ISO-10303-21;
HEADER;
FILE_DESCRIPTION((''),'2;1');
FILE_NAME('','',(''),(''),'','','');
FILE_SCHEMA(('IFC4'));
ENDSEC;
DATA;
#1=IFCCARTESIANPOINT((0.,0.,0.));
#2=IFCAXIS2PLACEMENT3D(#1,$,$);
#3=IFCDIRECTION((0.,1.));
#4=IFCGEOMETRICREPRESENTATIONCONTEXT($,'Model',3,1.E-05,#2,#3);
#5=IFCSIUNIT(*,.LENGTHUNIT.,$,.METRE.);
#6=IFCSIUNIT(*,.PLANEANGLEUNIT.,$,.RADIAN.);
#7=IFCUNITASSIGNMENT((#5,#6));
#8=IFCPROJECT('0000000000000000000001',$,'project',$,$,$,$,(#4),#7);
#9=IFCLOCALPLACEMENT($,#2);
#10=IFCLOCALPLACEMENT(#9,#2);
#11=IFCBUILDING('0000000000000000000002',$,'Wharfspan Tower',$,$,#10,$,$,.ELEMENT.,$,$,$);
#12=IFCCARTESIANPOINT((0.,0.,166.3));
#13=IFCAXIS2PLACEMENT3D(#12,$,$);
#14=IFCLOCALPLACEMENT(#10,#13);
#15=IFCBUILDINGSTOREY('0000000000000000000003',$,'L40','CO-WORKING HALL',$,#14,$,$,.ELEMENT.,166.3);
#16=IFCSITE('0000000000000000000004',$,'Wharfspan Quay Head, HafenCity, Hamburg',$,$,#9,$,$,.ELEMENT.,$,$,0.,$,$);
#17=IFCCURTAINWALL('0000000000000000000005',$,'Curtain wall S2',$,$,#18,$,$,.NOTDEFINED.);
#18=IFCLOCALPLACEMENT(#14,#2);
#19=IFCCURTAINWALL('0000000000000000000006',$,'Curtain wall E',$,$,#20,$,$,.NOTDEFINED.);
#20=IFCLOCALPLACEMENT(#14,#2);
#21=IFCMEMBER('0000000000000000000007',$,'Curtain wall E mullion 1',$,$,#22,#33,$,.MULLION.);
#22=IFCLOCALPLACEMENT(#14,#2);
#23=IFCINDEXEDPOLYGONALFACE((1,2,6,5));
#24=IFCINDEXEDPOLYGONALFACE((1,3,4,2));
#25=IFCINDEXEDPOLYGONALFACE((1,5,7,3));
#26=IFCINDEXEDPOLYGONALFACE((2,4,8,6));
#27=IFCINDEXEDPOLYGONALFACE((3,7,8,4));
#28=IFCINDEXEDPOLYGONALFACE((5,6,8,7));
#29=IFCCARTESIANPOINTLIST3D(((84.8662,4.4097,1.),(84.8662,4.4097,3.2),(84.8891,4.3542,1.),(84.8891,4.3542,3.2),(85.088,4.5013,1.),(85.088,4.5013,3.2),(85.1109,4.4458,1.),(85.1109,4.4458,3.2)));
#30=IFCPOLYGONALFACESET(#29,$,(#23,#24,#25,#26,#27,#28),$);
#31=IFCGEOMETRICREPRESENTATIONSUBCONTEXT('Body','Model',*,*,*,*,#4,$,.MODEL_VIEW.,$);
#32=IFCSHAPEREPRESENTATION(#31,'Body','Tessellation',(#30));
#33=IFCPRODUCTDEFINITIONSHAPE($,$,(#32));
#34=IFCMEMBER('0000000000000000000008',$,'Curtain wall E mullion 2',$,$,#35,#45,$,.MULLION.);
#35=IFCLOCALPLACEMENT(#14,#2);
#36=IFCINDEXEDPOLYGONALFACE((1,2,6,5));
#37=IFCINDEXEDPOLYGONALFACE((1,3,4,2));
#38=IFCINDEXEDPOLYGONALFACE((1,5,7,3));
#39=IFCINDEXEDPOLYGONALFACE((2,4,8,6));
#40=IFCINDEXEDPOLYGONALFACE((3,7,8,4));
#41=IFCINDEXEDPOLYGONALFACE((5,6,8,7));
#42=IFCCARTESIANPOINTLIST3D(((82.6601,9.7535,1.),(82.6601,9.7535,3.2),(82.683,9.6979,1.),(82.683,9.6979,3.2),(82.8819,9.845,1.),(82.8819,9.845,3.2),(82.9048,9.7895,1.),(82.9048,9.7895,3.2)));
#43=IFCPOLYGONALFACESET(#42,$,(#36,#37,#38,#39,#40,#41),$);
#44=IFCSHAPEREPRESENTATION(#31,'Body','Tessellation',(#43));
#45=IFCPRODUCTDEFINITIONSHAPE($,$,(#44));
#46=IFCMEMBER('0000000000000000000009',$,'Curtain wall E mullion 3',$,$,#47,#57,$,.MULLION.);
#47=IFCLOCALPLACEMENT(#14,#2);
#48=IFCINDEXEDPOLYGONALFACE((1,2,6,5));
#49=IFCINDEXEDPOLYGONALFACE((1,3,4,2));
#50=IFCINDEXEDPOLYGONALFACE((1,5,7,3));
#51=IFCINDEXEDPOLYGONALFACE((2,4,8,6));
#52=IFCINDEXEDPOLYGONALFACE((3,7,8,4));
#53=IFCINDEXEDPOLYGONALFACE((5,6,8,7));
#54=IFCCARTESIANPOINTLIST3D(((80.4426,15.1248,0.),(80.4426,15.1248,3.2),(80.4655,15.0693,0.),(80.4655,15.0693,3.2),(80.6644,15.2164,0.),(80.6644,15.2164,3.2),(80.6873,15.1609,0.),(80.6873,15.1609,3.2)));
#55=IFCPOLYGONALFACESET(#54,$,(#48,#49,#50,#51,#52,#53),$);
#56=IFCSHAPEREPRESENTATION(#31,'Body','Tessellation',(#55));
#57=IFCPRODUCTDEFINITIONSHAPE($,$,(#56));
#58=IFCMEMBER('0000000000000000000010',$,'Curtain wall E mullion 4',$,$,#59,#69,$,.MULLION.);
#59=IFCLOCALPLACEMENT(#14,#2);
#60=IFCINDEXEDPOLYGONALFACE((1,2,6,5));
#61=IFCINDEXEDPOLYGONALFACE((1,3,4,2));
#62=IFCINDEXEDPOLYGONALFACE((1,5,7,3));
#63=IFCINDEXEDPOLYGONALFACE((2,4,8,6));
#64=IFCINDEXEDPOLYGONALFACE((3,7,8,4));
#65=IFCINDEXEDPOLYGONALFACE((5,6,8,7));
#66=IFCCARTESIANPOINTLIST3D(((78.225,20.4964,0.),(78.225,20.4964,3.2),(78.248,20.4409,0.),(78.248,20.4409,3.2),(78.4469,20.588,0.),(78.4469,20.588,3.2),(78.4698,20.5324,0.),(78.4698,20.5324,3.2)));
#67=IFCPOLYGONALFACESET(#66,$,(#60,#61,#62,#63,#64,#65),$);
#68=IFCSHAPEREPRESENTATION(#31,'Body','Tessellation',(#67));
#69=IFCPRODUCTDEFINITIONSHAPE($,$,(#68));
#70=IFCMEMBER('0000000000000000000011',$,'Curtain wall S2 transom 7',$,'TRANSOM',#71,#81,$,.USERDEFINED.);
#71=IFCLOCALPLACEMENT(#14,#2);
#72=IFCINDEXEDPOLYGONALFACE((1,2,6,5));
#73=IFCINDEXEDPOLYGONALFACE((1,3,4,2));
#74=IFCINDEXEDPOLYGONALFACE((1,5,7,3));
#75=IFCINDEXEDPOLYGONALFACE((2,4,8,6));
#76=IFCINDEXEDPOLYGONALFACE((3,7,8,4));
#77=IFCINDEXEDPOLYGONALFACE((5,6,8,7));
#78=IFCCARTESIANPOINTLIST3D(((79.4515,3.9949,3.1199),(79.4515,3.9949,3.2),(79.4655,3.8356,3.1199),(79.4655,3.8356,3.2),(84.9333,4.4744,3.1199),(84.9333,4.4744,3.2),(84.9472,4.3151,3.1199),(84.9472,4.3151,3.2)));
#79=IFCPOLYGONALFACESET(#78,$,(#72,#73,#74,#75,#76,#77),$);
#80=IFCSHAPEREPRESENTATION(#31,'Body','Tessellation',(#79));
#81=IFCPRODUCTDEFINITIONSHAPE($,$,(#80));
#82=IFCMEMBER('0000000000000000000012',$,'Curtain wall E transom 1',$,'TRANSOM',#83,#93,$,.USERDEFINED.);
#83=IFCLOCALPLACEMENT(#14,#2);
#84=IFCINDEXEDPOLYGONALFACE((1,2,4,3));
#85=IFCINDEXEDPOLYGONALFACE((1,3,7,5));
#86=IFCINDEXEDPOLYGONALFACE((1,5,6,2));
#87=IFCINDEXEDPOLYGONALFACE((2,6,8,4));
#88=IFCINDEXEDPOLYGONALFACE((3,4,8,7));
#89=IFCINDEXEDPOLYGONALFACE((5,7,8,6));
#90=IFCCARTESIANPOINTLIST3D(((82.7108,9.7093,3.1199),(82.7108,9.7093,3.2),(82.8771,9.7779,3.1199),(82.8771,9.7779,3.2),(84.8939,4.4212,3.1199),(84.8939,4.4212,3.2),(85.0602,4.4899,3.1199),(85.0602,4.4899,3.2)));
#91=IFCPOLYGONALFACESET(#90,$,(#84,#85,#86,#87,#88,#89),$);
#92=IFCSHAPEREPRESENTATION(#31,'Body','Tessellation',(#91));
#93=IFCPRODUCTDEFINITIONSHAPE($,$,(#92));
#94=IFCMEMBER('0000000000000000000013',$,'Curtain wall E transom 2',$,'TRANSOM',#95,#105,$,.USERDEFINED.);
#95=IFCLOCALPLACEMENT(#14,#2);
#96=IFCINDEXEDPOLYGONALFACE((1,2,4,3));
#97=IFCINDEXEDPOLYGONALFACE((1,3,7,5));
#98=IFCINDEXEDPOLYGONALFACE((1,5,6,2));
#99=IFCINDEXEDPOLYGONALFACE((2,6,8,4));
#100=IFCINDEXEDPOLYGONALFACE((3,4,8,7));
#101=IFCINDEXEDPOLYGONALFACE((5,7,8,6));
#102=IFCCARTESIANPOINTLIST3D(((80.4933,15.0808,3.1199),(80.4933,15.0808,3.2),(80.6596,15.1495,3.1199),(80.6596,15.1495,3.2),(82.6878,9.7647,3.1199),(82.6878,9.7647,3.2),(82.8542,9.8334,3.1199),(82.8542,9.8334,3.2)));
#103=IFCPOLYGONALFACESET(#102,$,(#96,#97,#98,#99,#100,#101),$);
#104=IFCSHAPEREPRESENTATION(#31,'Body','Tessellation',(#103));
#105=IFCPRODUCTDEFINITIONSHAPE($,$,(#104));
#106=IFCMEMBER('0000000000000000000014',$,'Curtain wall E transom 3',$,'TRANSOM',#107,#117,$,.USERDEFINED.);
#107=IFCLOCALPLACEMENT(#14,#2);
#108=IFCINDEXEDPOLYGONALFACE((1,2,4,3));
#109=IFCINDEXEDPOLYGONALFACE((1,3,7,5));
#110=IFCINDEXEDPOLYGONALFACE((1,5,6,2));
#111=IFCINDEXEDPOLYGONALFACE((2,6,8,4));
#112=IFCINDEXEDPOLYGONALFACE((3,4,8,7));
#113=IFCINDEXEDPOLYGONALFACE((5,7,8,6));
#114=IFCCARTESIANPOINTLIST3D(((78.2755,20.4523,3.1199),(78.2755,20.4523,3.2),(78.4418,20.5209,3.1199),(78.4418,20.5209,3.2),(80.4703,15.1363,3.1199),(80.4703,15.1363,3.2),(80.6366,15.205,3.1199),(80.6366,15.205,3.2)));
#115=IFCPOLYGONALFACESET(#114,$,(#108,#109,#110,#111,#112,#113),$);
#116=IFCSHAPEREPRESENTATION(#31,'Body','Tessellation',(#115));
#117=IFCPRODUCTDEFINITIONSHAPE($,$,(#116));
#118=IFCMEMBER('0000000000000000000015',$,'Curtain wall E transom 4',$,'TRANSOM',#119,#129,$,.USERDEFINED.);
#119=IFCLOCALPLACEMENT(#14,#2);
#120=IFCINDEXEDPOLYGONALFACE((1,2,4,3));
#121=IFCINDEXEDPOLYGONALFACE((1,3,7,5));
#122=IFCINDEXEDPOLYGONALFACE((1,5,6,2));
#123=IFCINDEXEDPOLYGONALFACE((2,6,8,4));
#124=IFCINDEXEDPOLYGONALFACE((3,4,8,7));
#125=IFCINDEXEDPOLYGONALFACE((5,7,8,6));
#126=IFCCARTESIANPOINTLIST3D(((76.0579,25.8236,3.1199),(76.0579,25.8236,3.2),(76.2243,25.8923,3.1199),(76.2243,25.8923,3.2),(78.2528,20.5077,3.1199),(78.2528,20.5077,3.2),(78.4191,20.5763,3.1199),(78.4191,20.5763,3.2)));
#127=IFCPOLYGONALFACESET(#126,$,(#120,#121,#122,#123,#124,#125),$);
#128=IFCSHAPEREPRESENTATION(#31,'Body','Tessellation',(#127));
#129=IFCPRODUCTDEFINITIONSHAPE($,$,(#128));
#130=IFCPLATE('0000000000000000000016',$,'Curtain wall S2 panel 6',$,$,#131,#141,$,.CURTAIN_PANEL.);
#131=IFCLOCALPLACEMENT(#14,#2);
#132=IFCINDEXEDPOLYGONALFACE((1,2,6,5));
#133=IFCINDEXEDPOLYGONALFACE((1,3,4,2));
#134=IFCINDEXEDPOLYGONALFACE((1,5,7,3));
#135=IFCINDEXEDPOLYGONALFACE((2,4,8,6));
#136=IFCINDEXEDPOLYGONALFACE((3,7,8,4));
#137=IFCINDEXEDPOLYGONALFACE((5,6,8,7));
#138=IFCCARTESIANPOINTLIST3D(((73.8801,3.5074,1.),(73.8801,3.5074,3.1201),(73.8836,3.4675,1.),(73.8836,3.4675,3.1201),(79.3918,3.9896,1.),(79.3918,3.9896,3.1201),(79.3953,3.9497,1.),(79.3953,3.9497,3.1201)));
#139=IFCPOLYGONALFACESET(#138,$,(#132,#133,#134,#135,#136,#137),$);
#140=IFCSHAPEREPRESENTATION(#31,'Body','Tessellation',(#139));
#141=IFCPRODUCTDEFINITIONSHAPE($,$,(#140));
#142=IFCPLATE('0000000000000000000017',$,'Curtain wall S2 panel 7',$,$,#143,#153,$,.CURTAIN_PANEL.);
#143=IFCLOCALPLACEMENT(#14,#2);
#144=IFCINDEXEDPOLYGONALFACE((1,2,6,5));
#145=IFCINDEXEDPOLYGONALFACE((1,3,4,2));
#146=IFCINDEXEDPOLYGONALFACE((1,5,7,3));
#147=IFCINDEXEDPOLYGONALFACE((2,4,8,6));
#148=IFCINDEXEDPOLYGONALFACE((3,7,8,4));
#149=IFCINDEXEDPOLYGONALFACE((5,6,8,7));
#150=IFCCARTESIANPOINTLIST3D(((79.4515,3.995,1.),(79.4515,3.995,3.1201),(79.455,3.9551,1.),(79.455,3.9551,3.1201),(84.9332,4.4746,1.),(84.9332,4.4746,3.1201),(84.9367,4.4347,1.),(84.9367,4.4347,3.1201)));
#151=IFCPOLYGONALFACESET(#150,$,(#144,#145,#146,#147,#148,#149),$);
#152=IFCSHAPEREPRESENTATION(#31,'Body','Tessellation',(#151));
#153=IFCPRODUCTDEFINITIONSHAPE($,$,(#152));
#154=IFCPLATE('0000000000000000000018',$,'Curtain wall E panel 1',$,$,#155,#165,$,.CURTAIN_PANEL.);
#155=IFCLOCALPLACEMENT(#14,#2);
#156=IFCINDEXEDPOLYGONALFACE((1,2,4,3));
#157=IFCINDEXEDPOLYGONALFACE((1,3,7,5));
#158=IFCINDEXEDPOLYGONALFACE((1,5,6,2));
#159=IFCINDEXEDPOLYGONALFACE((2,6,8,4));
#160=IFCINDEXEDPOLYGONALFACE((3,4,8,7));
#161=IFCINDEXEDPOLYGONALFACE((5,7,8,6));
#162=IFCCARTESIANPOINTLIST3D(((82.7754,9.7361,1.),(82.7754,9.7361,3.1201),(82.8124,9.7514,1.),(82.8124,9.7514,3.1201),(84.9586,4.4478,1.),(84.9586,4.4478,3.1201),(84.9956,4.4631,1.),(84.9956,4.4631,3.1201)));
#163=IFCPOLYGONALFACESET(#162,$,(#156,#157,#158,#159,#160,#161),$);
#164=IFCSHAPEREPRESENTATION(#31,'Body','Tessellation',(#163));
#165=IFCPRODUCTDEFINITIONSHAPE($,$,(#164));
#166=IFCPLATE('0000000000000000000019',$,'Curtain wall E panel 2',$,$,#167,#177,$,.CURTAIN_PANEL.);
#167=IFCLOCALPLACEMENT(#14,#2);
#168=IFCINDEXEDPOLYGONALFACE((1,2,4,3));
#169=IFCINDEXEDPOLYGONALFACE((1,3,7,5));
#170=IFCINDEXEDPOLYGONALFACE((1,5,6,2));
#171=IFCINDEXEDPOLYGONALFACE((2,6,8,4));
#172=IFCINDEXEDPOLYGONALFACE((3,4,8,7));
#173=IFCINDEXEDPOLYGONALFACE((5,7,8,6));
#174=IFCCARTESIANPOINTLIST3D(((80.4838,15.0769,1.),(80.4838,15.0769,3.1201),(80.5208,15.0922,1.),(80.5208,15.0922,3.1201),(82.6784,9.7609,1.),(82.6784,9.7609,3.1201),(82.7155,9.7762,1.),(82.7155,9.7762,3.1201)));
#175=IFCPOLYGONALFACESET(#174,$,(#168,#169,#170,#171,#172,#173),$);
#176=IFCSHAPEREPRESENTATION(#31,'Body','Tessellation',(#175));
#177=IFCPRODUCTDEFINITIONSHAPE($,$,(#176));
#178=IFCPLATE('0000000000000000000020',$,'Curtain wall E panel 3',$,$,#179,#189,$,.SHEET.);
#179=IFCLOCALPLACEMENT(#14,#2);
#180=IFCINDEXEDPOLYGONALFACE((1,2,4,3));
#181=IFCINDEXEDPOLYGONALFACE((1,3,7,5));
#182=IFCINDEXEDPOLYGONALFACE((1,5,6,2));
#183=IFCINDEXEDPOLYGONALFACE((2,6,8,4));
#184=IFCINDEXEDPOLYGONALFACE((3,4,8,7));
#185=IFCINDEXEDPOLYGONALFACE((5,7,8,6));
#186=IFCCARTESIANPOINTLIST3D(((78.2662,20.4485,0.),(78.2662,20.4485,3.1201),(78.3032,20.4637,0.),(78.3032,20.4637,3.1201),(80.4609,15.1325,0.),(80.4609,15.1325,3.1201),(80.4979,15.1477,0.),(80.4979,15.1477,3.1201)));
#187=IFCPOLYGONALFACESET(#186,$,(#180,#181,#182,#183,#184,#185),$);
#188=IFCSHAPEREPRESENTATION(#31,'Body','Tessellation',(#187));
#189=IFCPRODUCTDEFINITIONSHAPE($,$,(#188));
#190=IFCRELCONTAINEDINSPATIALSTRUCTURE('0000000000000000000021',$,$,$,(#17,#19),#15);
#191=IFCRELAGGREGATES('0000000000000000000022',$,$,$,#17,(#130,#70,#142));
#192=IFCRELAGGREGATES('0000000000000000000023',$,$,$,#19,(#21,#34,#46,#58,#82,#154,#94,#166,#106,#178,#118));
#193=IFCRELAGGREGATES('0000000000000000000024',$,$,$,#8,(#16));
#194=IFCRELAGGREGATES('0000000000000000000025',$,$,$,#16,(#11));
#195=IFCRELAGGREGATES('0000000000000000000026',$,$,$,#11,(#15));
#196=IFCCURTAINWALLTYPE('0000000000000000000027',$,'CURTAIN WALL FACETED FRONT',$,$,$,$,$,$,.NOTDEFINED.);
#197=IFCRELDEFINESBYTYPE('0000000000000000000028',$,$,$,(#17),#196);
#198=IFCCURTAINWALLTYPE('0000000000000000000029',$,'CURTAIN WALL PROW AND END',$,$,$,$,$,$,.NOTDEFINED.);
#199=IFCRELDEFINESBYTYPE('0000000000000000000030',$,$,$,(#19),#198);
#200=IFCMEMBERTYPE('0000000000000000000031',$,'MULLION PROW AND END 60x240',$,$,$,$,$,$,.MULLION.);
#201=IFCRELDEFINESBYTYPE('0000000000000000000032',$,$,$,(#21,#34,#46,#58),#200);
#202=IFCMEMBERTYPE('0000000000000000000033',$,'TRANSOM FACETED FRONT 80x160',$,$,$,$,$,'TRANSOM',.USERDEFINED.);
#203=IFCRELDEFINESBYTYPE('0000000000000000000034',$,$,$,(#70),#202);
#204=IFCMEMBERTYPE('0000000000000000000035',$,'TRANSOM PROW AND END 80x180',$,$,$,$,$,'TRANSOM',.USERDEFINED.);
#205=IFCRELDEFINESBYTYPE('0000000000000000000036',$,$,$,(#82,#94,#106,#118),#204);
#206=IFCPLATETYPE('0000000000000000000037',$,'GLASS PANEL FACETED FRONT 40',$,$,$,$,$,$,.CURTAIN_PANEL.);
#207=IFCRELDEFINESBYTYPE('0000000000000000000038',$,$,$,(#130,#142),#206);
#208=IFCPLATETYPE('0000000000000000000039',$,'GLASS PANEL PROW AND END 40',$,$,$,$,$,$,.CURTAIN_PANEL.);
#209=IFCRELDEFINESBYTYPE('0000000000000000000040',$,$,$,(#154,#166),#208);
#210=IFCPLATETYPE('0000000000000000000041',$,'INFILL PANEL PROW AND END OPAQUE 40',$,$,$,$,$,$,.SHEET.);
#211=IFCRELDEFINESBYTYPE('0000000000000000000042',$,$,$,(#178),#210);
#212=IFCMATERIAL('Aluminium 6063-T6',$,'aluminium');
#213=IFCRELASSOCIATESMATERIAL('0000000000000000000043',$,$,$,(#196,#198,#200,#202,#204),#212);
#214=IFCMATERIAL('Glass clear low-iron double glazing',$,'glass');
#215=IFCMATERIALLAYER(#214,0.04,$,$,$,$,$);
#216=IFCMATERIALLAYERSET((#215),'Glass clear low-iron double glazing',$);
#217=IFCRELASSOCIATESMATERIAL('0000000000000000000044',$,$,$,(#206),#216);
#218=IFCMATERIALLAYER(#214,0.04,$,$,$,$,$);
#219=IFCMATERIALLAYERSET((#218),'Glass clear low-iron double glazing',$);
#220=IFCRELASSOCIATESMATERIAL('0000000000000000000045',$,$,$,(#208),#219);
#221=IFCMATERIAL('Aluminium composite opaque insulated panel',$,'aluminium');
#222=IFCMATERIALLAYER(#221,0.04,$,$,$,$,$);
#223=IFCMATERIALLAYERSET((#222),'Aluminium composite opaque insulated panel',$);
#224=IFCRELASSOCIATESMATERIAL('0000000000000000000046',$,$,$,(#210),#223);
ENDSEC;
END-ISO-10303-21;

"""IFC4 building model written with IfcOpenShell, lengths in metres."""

from ifc_helpers import new_model, si_unit, direction, frame, origin, origin_2d, place, context, subcontext, project, spatial, rectangle, extrude, material, layer, layer_set, material_profile, profile_set, type_object, element, aggregate, save


model = new_model("IFC4")

# Units and contexts
model_context = context("Model", 3, precision=1e-05, world=origin(), true_north=direction((0.0, 1.0)))
body_context = subcontext(model_context, "Body", "Model", "MODEL_VIEW")
ifc_project = project(units=[si_unit("LENGTHUNIT", "METRE"), si_unit("PLANEANGLEUNIT", "RADIAN")], contexts=[model_context])

# Site, building, storey
site_placement = place(None, origin())
site = spatial("IfcSite", under=ifc_project, at=site_placement, Name="Wharfspan Quay Head, HafenCity, Hamburg", CompositionType="ELEMENT", RefElevation=0.0)
building_placement = place(site_placement, origin())
building = spatial("IfcBuilding", under=site, at=building_placement, Name="Wharfspan Tower", CompositionType="ELEMENT")
storey_placement = place(building_placement, frame((0.0, 0.0, 166.3)))
storey = spatial("IfcBuildingStorey", under=building, at=storey_placement, Name="L40", Description="CO-WORKING HALL", CompositionType="ELEMENT", Elevation=166.3)

# Curtain walls, members
ifc_material_1 = material(Name="Aluminium 6063-T6", Category="aluminium")
curtain_wall_type_1 = type_object("IfcCurtainWallType", Name="CURTAIN WALL FACETED FRONT", PredefinedType="NOTDEFINED", material=ifc_material_1)
curtain_wall_1_placement = place(storey_placement, origin())
curtain_wall_1 = element("IfcCurtainWall", 1, at=curtain_wall_1_placement, inside=storey, type_object=curtain_wall_type_1, Name="Curtain wall S2", PredefinedType="NOTDEFINED")
curtain_wall_type_2 = type_object("IfcCurtainWallType", Name="CURTAIN WALL PROW AND END", PredefinedType="NOTDEFINED", material=ifc_material_1)
curtain_wall_2_placement = place(storey_placement, origin())
curtain_wall_2 = element("IfcCurtainWall", 2, at=curtain_wall_2_placement, inside=storey, type_object=curtain_wall_type_2, Name="Curtain wall E", PredefinedType="NOTDEFINED")
ifc_material_profile_1 = material_profile(ifc_material_1, rectangle(XDim=0.24, YDim=0.0601, at=origin_2d()))
ifc_profile_set_1 = profile_set([ifc_material_profile_1], Name="Aluminium 6063-T6")
member_type_1 = type_object("IfcMemberType", Name="MULLION PROW AND END 60x240", PredefinedType="MULLION", material=ifc_profile_set_1)
member_1_placement = place(storey_placement, frame((84.9885, 4.4277, 1.0), z_axis=(0.0, 0.0, 1.0), x_axis=(-0.924325, -0.381602, 0.0)))
member_1 = element("IfcMember", 3, at=member_1_placement, type_object=member_type_1, Name="Curtain wall E mullion 1", PredefinedType="MULLION", context=body_context, shape_type="SweptSolid", body=[
    extrude(rectangle(XDim=0.24, YDim=0.0601, at=origin_2d()), origin(), (0.0, 0.0, 1.0), 2.2),
])
member_2_placement = place(storey_placement, frame((82.7825, 9.7715, 1.0), z_axis=(0.0, 0.0, 1.0), x_axis=(-0.924325, -0.381602, 0.0)))
member_2 = element("IfcMember", 4, at=member_2_placement, type_object=member_type_1, Name="Curtain wall E mullion 2", PredefinedType="MULLION", context=body_context, shape_type="SweptSolid", body=[
    extrude(rectangle(XDim=0.24, YDim=0.0601, at=origin_2d()), origin(), (0.0, 0.0, 1.0), 2.2),
])
member_3_placement = place(storey_placement, frame((80.5649, 15.1428, 0.0), z_axis=(0.0, 0.0, 1.0), x_axis=(-0.924325, -0.381602, 0.0)))
member_3 = element("IfcMember", 5, at=member_3_placement, type_object=member_type_1, Name="Curtain wall E mullion 3", PredefinedType="MULLION", context=body_context, shape_type="SweptSolid", body=[
    extrude(rectangle(XDim=0.24, YDim=0.0601, at=origin_2d()), origin(), (0.0, 0.0, 1.0), 3.2),
])
member_4_placement = place(storey_placement, frame((78.3474, 20.5144, 0.0), z_axis=(0.0, 0.0, 1.0), x_axis=(-0.924325, -0.381602, 0.0)))
member_4 = element("IfcMember", 6, at=member_4_placement, type_object=member_type_1, Name="Curtain wall E mullion 4", PredefinedType="MULLION", context=body_context, shape_type="SweptSolid", body=[
    extrude(rectangle(XDim=0.24, YDim=0.0601, at=origin_2d()), origin(), (0.0, 0.0, 1.0), 3.2),
])

# Members
ifc_material_profile_2 = material_profile(ifc_material_1, rectangle(XDim=0.1599, YDim=0.0801, at=origin_2d()))
ifc_profile_set_2 = profile_set([ifc_material_profile_2], Name="Aluminium 6063-T6")
member_type_2 = type_object("IfcMemberType", Name="TRANSOM FACETED FRONT 80x160", ElementType="TRANSOM", PredefinedType="USERDEFINED", material=ifc_profile_set_2)
member_5_placement = place(storey_placement, frame((79.4585, 3.9153, 3.1599), z_axis=(0.996196, 0.087139, 0.0), x_axis=(-0.087139, 0.996196, 0.0)))
member_5 = element("IfcMember", 7, at=member_5_placement, type_object=member_type_2, Name="Curtain wall S2 transom 7", ObjectType="TRANSOM", PredefinedType="USERDEFINED", context=body_context, shape_type="SweptSolid", body=[
    extrude(rectangle(XDim=0.1599, YDim=0.0801, at=origin_2d()), origin(), (0.0, 0.0, 1.0), 5.5027),
])
ifc_material_profile_3 = material_profile(ifc_material_1, rectangle(XDim=0.1799, YDim=0.0801, at=origin_2d()))
ifc_profile_set_3 = profile_set([ifc_material_profile_3], Name="Aluminium 6063-T6")
member_type_3 = type_object("IfcMemberType", Name="TRANSOM PROW AND END 80x180", ElementType="TRANSOM", PredefinedType="USERDEFINED", material=ifc_profile_set_3)
member_6_placement = place(storey_placement, frame((84.9771, 4.4556, 3.1599), z_axis=(-0.381595, 0.924329, 0.0), x_axis=(-0.924329, -0.381595, 0.0)))
member_6 = element("IfcMember", 8, at=member_6_placement, type_object=member_type_3, Name="Curtain wall E transom 1", ObjectType="TRANSOM", PredefinedType="USERDEFINED", context=body_context, shape_type="SweptSolid", body=[
    extrude(rectangle(XDim=0.1799, YDim=0.0801, at=origin_2d()), origin(), (0.0, 0.0, 1.0), 5.7209),
])
member_7_placement = place(storey_placement, frame((82.771, 9.7991, 3.1599), z_axis=(-0.381578, 0.924337, 0.0), x_axis=(-0.924337, -0.381578, 0.0)))
member_7 = element("IfcMember", 9, at=member_7_placement, type_object=member_type_3, Name="Curtain wall E transom 2", ObjectType="TRANSOM", PredefinedType="USERDEFINED", context=body_context, shape_type="SweptSolid", body=[
    extrude(rectangle(XDim=0.1799, YDim=0.0801, at=origin_2d()), origin(), (0.0, 0.0, 1.0), 5.7512),
])
member_8_placement = place(storey_placement, frame((80.5535, 15.1707, 3.1599), z_axis=(-0.381629, 0.924315, 0.0), x_axis=(-0.924315, -0.381629, 0.0)))
member_8 = element("IfcMember", 10, at=member_8_placement, type_object=member_type_3, Name="Curtain wall E transom 3", ObjectType="TRANSOM", PredefinedType="USERDEFINED", context=body_context, shape_type="SweptSolid", body=[
    extrude(rectangle(XDim=0.1799, YDim=0.0801, at=origin_2d()), origin(), (0.0, 0.0, 1.0), 5.7512),
])
member_9_placement = place(storey_placement, frame((78.3359, 20.542, 3.1599), z_axis=(-0.381629, 0.924315, 0.0), x_axis=(-0.924315, -0.381629, 0.0)))
member_9 = element("IfcMember", 11, at=member_9_placement, type_object=member_type_3, Name="Curtain wall E transom 4", ObjectType="TRANSOM", PredefinedType="USERDEFINED", context=body_context, shape_type="SweptSolid", body=[
    extrude(rectangle(XDim=0.1799, YDim=0.0801, at=origin_2d()), origin(), (0.0, 0.0, 1.0), 5.7512),
])

# Plates
ifc_material_2 = material(Name="Glass clear low-iron double glazing", Category="glass")
ifc_layer_1 = layer(ifc_material_2, 0.04)
ifc_layer_set_1 = layer_set([ifc_layer_1], Name="Glass clear low-iron double glazing")
plate_type_1 = type_object("IfcPlateType", Name="GLASS PANEL FACETED FRONT 40", PredefinedType="CURTAIN_PANEL", material=ifc_layer_set_1)
plate_1_placement = place(storey_placement, frame((76.6377, 3.7285, 1.0), z_axis=(0.0, 0.0, 1.0), x_axis=(0.996198, 0.087156, 0.0)))
plate_1 = element("IfcPlate", 12, at=plate_1_placement, type_object=plate_type_1, Name="Curtain wall S2 panel 6", PredefinedType="CURTAIN_PANEL", context=body_context, shape_type="SweptSolid", body=[
    extrude(rectangle(XDim=5.5327, YDim=0.04, at=origin_2d()), origin(), (0.0, 0.0, 1.0), 2.1201),
])
plate_2_placement = place(storey_placement, frame((82.1941, 4.2148, 1.0), z_axis=(0.0, 0.0, 1.0), x_axis=(0.996198, 0.087156, 0.0)))
plate_2 = element("IfcPlate", 13, at=plate_2_placement, type_object=plate_type_1, Name="Curtain wall S2 panel 7", PredefinedType="CURTAIN_PANEL", context=body_context, shape_type="SweptSolid", body=[
    extrude(rectangle(XDim=5.5027, YDim=0.04, at=origin_2d()), origin(), (0.0, 0.0, 1.0), 2.1201),
])
aggregate(curtain_wall_1, [plate_1, member_5, plate_2])
ifc_layer_2 = layer(ifc_material_2, 0.04)
ifc_layer_set_2 = layer_set([ifc_layer_2], Name="Glass clear low-iron double glazing")
plate_type_2 = type_object("IfcPlateType", Name="GLASS PANEL PROW AND END 40", PredefinedType="CURTAIN_PANEL", material=ifc_layer_set_2)
plate_3_placement = place(storey_placement, frame((83.8855, 7.0996, 1.0), z_axis=(0.0, 0.0, 1.0), x_axis=(-0.381602, 0.924325, 0.0)))
plate_3 = element("IfcPlate", 14, at=plate_3_placement, type_object=plate_type_2, Name="Curtain wall E panel 1", PredefinedType="CURTAIN_PANEL", context=body_context, shape_type="SweptSolid", body=[
    extrude(rectangle(XDim=5.7212, YDim=0.04, at=origin_2d()), origin(), (0.0, 0.0, 1.0), 2.1201),
])
plate_4_placement = place(storey_placement, frame((81.5996, 12.4265, 1.0), z_axis=(0.0, 0.0, 1.0), x_axis=(-0.381602, 0.924325, 0.0)))
plate_4 = element("IfcPlate", 15, at=plate_4_placement, type_object=plate_type_2, Name="Curtain wall E panel 2", PredefinedType="CURTAIN_PANEL", context=body_context, shape_type="SweptSolid", body=[
    extrude(rectangle(XDim=5.7512, YDim=0.04, at=origin_2d()), origin(), (0.0, 0.0, 1.0), 2.1201),
])
ifc_material_3 = material(Name="Aluminium composite opaque insulated panel", Category="aluminium")
ifc_layer_3 = layer(ifc_material_3, 0.04)
ifc_layer_set_3 = layer_set([ifc_layer_3], Name="Aluminium composite opaque insulated panel")
plate_type_3 = type_object("IfcPlateType", Name="INFILL PANEL PROW AND END OPAQUE 40", PredefinedType="SHEET", material=ifc_layer_set_3)
plate_5_placement = place(storey_placement, frame((79.3821, 17.7981, 0.0), z_axis=(0.0, 0.0, 1.0), x_axis=(-0.381602, 0.924325, 0.0)))
plate_5 = element("IfcPlate", 16, at=plate_5_placement, type_object=plate_type_3, Name="Curtain wall E panel 3", PredefinedType="SHEET", context=body_context, shape_type="SweptSolid", body=[
    extrude(rectangle(XDim=5.7512, YDim=0.04, at=origin_2d()), origin(), (0.0, 0.0, 1.0), 3.1201),
])
aggregate(curtain_wall_2, [member_1, member_2, member_3, member_4, member_6, plate_3, member_7, plate_4, member_8, plate_5, member_9])

save(model, "model.ifc")
